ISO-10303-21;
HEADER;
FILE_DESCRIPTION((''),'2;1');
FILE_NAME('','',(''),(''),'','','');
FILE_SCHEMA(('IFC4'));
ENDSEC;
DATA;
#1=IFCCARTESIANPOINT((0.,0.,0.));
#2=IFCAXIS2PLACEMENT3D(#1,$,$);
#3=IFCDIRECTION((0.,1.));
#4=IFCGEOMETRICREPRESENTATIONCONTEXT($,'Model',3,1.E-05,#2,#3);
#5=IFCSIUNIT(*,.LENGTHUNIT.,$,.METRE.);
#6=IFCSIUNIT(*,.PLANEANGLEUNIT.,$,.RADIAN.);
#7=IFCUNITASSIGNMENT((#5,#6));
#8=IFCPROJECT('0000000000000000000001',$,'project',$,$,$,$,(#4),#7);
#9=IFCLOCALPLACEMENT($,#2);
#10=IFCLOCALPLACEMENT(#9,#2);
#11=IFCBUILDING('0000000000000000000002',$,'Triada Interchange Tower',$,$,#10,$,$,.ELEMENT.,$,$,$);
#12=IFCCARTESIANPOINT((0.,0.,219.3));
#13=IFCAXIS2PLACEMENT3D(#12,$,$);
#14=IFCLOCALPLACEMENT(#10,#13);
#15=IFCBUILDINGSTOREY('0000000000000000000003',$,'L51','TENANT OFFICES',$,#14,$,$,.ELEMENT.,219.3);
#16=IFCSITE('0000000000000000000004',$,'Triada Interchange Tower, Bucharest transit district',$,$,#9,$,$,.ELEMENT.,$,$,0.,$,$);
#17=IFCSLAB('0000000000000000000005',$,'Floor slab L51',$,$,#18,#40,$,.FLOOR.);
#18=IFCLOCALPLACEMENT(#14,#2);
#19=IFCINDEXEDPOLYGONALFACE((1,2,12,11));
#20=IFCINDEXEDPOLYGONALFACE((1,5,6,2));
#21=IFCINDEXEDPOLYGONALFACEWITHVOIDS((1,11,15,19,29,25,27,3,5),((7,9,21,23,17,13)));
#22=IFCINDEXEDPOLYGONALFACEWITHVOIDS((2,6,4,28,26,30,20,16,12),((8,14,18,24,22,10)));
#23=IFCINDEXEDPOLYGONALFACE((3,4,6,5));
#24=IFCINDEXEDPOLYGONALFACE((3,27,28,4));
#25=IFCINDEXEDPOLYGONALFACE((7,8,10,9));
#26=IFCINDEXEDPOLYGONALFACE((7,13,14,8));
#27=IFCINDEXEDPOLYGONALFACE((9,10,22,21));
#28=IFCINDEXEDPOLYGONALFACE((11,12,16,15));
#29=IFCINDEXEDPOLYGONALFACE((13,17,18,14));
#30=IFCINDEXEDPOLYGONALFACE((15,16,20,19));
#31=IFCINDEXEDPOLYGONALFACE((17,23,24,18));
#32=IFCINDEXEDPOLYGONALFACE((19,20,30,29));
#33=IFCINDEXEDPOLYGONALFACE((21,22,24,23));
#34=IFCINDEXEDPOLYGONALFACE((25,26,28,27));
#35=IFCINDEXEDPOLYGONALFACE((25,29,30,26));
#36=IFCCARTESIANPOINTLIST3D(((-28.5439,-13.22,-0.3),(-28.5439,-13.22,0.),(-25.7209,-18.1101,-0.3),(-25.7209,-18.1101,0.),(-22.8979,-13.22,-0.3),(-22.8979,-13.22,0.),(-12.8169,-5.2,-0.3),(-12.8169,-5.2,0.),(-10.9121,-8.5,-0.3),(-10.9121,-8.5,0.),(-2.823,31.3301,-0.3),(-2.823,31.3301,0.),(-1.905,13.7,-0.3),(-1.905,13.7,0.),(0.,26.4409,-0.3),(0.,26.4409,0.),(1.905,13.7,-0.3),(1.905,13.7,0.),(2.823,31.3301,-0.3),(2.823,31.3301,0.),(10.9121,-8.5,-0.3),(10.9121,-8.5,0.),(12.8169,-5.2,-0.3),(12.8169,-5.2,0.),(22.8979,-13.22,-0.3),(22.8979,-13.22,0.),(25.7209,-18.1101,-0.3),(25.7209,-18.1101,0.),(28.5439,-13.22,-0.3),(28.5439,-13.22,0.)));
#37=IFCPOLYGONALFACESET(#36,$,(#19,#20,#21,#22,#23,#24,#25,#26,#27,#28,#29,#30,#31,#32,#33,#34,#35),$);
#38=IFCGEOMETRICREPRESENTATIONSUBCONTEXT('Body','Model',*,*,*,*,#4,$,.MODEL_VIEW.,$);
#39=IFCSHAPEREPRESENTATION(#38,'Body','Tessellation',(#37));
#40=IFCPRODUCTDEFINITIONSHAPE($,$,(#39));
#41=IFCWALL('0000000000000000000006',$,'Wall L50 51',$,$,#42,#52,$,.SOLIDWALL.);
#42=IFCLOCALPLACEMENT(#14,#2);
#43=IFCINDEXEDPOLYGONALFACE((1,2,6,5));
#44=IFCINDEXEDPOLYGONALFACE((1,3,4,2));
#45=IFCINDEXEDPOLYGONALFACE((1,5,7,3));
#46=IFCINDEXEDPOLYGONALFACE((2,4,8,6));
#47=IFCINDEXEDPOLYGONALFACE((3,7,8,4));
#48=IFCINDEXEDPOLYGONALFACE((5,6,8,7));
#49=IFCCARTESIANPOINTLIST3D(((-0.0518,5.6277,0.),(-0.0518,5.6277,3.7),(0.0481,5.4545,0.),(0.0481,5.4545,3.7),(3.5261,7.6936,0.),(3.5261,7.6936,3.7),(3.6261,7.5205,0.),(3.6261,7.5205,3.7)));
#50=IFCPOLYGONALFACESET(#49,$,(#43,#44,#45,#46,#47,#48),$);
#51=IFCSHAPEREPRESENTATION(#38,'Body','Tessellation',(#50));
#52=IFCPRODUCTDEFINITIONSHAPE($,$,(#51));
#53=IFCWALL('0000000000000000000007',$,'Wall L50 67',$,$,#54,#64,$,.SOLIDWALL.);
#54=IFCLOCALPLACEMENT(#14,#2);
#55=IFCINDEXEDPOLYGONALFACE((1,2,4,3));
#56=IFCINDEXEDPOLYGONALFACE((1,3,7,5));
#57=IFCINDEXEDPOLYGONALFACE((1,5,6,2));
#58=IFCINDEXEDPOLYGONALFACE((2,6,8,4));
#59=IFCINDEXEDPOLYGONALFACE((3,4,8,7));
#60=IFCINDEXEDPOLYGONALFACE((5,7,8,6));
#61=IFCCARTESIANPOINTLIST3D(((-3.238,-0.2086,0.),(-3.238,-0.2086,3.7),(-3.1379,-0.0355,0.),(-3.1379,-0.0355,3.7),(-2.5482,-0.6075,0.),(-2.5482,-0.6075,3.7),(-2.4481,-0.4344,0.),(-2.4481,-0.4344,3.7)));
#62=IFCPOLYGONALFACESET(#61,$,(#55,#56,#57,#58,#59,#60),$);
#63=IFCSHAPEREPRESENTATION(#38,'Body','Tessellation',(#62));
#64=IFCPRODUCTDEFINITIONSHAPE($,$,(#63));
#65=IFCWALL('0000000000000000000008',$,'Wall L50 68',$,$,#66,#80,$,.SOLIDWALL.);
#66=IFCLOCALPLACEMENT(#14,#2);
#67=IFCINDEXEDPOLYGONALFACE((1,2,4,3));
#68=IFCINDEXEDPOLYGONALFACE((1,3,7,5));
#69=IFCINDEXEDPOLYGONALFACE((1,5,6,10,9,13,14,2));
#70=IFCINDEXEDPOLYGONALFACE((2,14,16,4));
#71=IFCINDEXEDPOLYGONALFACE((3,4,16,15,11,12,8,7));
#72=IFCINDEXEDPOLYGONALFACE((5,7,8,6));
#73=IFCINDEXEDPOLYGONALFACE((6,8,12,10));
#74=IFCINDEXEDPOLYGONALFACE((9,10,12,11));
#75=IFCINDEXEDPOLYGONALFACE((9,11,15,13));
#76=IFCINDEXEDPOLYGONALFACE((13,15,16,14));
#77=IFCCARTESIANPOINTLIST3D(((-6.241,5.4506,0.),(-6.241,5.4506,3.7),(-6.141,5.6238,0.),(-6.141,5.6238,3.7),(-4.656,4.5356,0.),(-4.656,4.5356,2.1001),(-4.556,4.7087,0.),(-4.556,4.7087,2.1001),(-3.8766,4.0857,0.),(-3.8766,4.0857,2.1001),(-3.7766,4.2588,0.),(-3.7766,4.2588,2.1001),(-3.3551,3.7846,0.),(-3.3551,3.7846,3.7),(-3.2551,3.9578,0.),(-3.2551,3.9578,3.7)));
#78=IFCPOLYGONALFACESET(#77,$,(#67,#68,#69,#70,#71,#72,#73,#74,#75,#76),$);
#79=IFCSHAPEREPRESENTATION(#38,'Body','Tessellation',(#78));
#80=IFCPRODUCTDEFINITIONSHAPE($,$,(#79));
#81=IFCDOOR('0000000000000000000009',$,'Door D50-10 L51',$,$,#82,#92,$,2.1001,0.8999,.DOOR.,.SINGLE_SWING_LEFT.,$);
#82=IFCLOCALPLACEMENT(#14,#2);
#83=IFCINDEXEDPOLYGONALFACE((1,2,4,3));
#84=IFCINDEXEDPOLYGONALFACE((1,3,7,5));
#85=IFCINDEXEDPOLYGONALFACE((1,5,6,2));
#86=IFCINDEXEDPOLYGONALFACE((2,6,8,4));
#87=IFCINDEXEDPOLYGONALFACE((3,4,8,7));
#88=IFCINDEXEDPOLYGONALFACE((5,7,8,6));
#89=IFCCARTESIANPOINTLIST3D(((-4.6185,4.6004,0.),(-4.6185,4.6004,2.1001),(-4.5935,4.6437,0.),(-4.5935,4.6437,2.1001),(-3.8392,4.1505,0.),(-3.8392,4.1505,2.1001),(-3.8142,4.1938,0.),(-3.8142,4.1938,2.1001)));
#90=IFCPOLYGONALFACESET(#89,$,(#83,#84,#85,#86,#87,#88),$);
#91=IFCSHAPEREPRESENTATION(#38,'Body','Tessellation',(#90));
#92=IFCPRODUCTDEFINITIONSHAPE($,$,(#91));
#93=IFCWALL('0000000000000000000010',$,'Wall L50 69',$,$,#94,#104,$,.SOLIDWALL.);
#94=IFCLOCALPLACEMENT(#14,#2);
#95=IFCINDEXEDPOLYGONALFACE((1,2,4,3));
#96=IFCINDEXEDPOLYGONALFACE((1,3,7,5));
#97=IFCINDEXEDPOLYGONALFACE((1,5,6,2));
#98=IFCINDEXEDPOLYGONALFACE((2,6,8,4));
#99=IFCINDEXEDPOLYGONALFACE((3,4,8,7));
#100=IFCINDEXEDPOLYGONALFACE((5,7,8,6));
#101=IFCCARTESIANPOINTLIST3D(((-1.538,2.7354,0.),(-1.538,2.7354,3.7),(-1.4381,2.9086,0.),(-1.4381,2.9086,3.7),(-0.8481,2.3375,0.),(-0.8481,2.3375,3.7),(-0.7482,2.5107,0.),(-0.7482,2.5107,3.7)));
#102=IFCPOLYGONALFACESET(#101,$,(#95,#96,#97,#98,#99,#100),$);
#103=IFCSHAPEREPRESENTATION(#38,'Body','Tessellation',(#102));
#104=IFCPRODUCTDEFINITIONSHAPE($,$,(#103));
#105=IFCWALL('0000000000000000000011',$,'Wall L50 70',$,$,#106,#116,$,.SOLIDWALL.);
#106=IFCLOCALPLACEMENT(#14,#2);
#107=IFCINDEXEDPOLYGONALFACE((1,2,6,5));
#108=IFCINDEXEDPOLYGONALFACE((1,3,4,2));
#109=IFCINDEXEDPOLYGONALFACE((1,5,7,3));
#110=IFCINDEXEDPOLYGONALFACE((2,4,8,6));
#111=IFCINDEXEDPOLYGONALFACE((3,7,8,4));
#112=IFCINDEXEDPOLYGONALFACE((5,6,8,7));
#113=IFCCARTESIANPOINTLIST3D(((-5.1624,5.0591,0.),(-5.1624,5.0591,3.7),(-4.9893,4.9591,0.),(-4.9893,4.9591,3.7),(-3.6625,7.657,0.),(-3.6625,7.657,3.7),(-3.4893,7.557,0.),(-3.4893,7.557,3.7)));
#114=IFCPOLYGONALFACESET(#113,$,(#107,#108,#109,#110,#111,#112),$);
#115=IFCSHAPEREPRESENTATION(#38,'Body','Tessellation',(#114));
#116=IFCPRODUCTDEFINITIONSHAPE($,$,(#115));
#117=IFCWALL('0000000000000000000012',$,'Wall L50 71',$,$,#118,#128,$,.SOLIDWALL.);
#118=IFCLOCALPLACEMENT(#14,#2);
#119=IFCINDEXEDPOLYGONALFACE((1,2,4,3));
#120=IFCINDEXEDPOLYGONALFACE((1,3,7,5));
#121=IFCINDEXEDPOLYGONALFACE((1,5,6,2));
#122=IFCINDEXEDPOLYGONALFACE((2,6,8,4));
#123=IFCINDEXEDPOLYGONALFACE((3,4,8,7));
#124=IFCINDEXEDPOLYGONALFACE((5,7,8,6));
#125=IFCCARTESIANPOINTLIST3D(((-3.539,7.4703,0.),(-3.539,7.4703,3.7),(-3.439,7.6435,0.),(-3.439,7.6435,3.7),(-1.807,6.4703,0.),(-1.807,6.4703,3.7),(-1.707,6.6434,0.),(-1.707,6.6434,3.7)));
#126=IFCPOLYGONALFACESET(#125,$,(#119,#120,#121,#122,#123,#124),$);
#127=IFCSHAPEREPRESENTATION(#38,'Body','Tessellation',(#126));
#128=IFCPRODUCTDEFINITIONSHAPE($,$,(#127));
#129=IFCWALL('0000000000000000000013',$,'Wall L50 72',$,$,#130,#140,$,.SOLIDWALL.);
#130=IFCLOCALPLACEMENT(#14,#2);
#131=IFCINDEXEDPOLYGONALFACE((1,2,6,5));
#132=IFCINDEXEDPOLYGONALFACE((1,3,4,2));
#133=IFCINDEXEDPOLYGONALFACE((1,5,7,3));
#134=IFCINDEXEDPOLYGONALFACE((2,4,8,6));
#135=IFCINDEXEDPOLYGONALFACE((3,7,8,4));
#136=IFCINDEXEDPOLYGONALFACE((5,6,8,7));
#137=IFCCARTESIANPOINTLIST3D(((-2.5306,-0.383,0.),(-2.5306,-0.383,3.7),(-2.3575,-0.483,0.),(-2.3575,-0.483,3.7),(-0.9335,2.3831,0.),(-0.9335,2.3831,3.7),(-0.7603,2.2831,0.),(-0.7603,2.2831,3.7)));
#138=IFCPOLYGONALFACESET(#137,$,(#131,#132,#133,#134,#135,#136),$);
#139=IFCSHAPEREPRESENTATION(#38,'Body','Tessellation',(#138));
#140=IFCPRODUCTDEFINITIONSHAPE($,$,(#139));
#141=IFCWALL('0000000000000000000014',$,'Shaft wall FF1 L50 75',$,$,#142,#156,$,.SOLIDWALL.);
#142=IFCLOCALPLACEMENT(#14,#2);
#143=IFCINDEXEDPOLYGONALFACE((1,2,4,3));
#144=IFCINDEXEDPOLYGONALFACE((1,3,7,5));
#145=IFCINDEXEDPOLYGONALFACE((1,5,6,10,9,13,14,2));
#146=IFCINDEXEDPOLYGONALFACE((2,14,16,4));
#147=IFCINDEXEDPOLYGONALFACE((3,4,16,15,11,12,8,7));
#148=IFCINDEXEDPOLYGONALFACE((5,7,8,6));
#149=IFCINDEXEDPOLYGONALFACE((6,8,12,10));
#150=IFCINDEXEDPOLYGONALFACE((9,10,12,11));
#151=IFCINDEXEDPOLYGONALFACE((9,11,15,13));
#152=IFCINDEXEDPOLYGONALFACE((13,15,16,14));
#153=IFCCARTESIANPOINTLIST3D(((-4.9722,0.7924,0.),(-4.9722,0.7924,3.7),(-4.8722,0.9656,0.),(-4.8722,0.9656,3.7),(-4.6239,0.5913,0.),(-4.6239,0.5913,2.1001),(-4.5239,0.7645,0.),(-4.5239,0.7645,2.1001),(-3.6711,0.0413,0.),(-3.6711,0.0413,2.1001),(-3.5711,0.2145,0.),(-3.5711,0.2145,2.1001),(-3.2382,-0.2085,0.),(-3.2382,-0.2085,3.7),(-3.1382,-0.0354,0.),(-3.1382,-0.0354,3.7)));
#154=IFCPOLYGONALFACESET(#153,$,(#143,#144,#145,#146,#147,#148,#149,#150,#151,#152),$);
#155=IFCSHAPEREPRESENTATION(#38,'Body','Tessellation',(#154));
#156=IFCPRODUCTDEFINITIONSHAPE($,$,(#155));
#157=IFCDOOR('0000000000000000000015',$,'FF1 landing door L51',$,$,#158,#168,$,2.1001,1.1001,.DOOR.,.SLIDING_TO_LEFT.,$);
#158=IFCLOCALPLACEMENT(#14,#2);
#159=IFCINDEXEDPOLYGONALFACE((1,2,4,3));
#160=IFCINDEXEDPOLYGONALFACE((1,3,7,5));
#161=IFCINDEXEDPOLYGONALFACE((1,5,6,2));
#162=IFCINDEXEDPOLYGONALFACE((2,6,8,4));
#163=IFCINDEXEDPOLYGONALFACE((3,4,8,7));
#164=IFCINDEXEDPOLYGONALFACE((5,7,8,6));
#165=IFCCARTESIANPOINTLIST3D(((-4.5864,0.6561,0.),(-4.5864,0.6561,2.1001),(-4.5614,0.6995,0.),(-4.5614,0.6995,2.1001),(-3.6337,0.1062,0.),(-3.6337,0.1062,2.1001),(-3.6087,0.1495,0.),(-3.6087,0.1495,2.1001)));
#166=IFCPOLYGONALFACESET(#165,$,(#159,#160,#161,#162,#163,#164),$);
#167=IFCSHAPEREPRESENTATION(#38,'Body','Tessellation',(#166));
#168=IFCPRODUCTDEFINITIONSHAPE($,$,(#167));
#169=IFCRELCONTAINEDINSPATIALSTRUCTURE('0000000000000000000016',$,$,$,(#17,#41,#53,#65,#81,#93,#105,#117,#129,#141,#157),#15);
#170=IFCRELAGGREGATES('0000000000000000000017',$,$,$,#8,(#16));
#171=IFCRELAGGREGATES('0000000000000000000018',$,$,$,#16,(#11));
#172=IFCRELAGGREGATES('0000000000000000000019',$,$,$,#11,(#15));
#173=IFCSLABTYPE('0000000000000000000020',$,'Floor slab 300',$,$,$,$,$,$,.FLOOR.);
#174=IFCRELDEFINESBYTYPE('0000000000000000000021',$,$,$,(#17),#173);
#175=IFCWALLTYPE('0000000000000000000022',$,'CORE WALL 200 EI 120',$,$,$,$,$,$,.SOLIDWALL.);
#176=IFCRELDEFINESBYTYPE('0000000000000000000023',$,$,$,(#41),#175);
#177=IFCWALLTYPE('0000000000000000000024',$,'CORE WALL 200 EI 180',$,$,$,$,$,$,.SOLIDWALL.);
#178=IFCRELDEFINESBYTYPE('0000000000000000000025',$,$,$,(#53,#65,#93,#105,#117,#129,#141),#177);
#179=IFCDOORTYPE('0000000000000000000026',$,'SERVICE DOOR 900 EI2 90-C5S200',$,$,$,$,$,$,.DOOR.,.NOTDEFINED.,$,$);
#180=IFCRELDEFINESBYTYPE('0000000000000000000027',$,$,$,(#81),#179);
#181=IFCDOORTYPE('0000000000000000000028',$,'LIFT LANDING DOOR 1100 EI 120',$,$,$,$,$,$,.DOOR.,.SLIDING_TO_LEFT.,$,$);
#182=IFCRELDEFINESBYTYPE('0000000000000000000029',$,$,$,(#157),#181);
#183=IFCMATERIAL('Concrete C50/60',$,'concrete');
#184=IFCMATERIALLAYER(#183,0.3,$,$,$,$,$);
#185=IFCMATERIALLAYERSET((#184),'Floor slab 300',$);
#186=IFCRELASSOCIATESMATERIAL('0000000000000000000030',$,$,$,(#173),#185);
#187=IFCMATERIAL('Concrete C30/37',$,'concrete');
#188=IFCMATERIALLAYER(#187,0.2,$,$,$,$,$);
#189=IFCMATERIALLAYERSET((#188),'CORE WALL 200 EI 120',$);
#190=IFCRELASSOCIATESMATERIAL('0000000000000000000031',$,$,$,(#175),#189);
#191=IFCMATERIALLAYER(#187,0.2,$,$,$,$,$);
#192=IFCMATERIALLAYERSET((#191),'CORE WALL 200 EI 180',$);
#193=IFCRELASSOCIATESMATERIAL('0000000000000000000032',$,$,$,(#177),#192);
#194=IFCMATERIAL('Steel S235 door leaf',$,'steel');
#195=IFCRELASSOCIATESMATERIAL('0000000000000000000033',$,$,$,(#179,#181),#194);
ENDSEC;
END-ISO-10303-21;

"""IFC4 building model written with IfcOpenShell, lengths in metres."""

from ifc_helpers import new_model, si_unit, direction, frame, frame_2d, origin, place, context, subcontext, project, spatial, polyline, rectangle, outline, extrude, material, layer, layer_set, type_object, element, fill, save


model = new_model("IFC4")

# Units and contexts
model_context = context("Model", 3, precision=1e-05, world=origin(), true_north=direction((0.0, 1.0)))
body_context = subcontext(model_context, "Body", "Model", "MODEL_VIEW")
ifc_project = project(units=[si_unit("LENGTHUNIT", "METRE"), si_unit("PLANEANGLEUNIT", "RADIAN")], contexts=[model_context])

# Site, building, storey
site_placement = place(None, origin())
site = spatial("IfcSite", under=ifc_project, at=site_placement, Name="Triada Interchange Tower, Bucharest transit district", CompositionType="ELEMENT", RefElevation=0.0)
building_placement = place(site_placement, origin())
building = spatial("IfcBuilding", under=site, at=building_placement, Name="Triada Interchange Tower", CompositionType="ELEMENT")
storey_placement = place(building_placement, frame((0.0, 0.0, 219.3)))
storey = spatial("IfcBuildingStorey", under=building, at=storey_placement, Name="L51", Description="TENANT OFFICES", CompositionType="ELEMENT", Elevation=219.3)

# Slab
ifc_material_1 = material(Name="Concrete C50/60", Category="concrete")
ifc_layer_1 = layer(ifc_material_1, 0.3)
ifc_layer_set_1 = layer_set([ifc_layer_1], Name="Floor slab 300")
slab_type = type_object("IfcSlabType", Name="Floor slab 300", PredefinedType="FLOOR", material=ifc_layer_set_1)
slab_placement = place(storey_placement, frame((0.0, 0.0, -0.3)))
element("IfcSlab", 1, at=slab_placement, inside=storey, type_object=slab_type, Name="Floor slab L51", PredefinedType="FLOOR", context=body_context, shape_type="SweptSolid", body=[
    extrude(outline(polyline([(-2.823, 31.3301), (-28.5439, -13.22), (-22.8979, -13.22), (-25.7209, -18.1101), (25.7209, -18.1101), (22.8979, -13.22), (28.5439, -13.22), (2.823, 31.3301), (0.0, 26.4409), (-2.823, 31.3301)]), holes=[polyline([(1.905, 13.7), (-1.905, 13.7), (-12.8169, -5.2), (-10.9121, -8.5), (10.9121, -8.5), (12.8169, -5.2), (1.905, 13.7)])]), origin(), (0.0, 0.0, 1.0), 0.3),
])

# Walls
ifc_material_2 = material(Name="Concrete C30/37", Category="concrete")
ifc_layer_2 = layer(ifc_material_2, 0.2)
ifc_layer_set_2 = layer_set([ifc_layer_2], Name="CORE WALL 200 EI 120")
wall_type_1 = type_object("IfcWallType", Name="CORE WALL 200 EI 120", PredefinedType="SOLIDWALL", material=ifc_layer_set_2)
wall_1_placement = place(storey_placement, frame((-0.002, 5.541, 0.0), z_axis=(0.0, 0.0, 1.0), x_axis=(0.866002, 0.500041, 0.0)))
element("IfcWall", 2, at=wall_1_placement, inside=storey, type_object=wall_type_1, Name="Wall L50 51", PredefinedType="SOLIDWALL", context=body_context, shape_type="SweptSolid", body=[
    extrude(rectangle(XDim=4.1316, YDim=0.2, at=frame_2d((2.0659, 0.0))), origin(), (0.0, 0.0, 1.0), 3.7),
])
ifc_layer_3 = layer(ifc_material_2, 0.2)
ifc_layer_set_3 = layer_set([ifc_layer_3], Name="CORE WALL 200 EI 180")
wall_type_2 = type_object("IfcWallType", Name="CORE WALL 200 EI 180", PredefinedType="SOLIDWALL", material=ifc_layer_set_3)
wall_2_placement = place(storey_placement, frame((-3.188, -0.1221, 0.0), z_axis=(0.0, 0.0, 1.0), x_axis=(0.865706, -0.500553, 0.0)))
element("IfcWall", 3, at=wall_2_placement, inside=storey, type_object=wall_type_2, Name="Wall L50 67", PredefinedType="SOLIDWALL", context=body_context, shape_type="SweptSolid", body=[
    extrude(rectangle(XDim=0.7969, YDim=0.2, at=frame_2d((0.3984, 0.0))), origin(), (0.0, 0.0, 1.0), 3.7),
])

# Wall, opening, door
wall_3_placement = place(storey_placement, frame((-6.1909, 5.5371, 0.0), z_axis=(0.0, 0.0, 1.0), x_axis=(0.866053, -0.499953, 0.0)))
wall_3 = element("IfcWall", 4, at=wall_3_placement, inside=storey, type_object=wall_type_2, Name="Wall L50 68", PredefinedType="SOLIDWALL", context=body_context, shape_type="SweptSolid", body=[
    extrude(rectangle(XDim=3.3323, YDim=0.2, at=frame_2d((1.666, 0.0))), origin(), (0.0, 0.0, 1.0), 3.7),
])
opening_1_placement = place(wall_3_placement, frame((1.8301, 0.0, 0.0)))
opening_1 = element("IfcOpeningElement", 5, at=opening_1_placement, cuts=wall_3, PredefinedType="OPENING", context=body_context, shape_type="SweptSolid", body=[
    extrude(rectangle(XDim=0.8999, YDim=2.1001, at=frame_2d((0.45, 1.05))), frame((0.0, 0.1099, 0.0), z_axis=(0.0, -1.0, 0.0), x_axis=(1.0, 0.0, 0.0)), (0.0, 0.0, 1.0), 0.22),
])
ifc_material_3 = material(Name="Steel S235 door leaf", Category="steel")
door_type_1 = type_object("IfcDoorType", Name="SERVICE DOOR 900 EI2 90-C5S200", OperationType="NOTDEFINED", PredefinedType="DOOR", material=ifc_material_3)
door_1_placement = place(opening_1_placement, origin())
door_1 = element("IfcDoor", 6, at=door_1_placement, inside=storey, type_object=door_type_1, Name="Door D50-10 L51", OperationType="SINGLE_SWING_LEFT", OverallHeight=2.1001, OverallWidth=0.8999, PredefinedType="DOOR", context=body_context, shape_type="SweptSolid", body=[
    extrude(rectangle(XDim=0.8999, YDim=2.1001, at=frame_2d((0.45, 1.05))), frame((0.0, 0.0249, 0.0), z_axis=(0.0, -1.0, 0.0), x_axis=(1.0, 0.0, 0.0)), (0.0, 0.0, 1.0), 0.05),
])
fill(opening_1, door_1)

# Walls
wall_4_placement = place(storey_placement, frame((-1.488, 2.822, 0.0), z_axis=(0.0, 0.0, 1.0), x_axis=(0.866237, -0.499634, 0.0)))
element("IfcWall", 7, at=wall_4_placement, inside=storey, type_object=wall_type_2, Name="Wall L50 69", PredefinedType="SOLIDWALL", context=body_context, shape_type="SweptSolid", body=[
    extrude(rectangle(XDim=0.7964, YDim=0.2, at=frame_2d((0.3982, 0.0))), origin(), (0.0, 0.0, 1.0), 3.7),
])
wall_5_placement = place(storey_placement, frame((-5.0759, 5.009, 0.0), z_axis=(0.0, 0.0, 1.0), x_axis=(0.500025, 0.866011, 0.0)))
element("IfcWall", 8, at=wall_5_placement, inside=storey, type_object=wall_type_2, Name="Wall L50 70", PredefinedType="SOLIDWALL", context=body_context, shape_type="SweptSolid", body=[
    extrude(rectangle(XDim=2.9998, YDim=0.2, at=frame_2d((1.5, 0.0))), origin(), (0.0, 0.0, 1.0), 3.7),
])
wall_6_placement = place(storey_placement, frame((-3.489, 7.5569, 0.0), z_axis=(0.0, 0.0, 1.0), x_axis=(0.866011, -0.500025, 0.0)))
element("IfcWall", 9, at=wall_6_placement, inside=storey, type_object=wall_type_2, Name="Wall L50 71", PredefinedType="SOLIDWALL", context=body_context, shape_type="SweptSolid", body=[
    extrude(rectangle(XDim=2.0, YDim=0.2, at=frame_2d((1.0, 0.0))), origin(), (0.0, 0.0, 1.0), 3.7),
])
wall_7_placement = place(storey_placement, frame((-2.4441, -0.4331, 0.0), z_axis=(0.0, 0.0, 1.0), x_axis=(0.500036, 0.866005, 0.0)))
element("IfcWall", 10, at=wall_7_placement, inside=storey, type_object=wall_type_2, Name="Wall L50 72", PredefinedType="SOLIDWALL", context=body_context, shape_type="SweptSolid", body=[
    extrude(rectangle(XDim=3.1941, YDim=0.2, at=frame_2d((1.5972, 0.0))), origin(), (0.0, 0.0, 1.0), 3.7),
])

# Wall, opening, door
wall_8_placement = place(storey_placement, frame((-4.9221, 0.8789, 0.0), z_axis=(0.0, 0.0, 1.0), x_axis=(0.866074, -0.499916, 0.0)))
wall_8 = element("IfcWall", 11, at=wall_8_placement, inside=storey, type_object=wall_type_2, Name="Shaft wall FF1 L50 75", PredefinedType="SOLIDWALL", context=body_context, shape_type="SweptSolid", body=[
    extrude(rectangle(XDim=2.0022, YDim=0.2, at=frame_2d((1.001, 0.0))), origin(), (0.0, 0.0, 1.0), 3.7),
])
opening_2_placement = place(wall_8_placement, frame((0.4021, 0.0, 0.0)))
opening_2 = element("IfcOpeningElement", 12, at=opening_2_placement, cuts=wall_8, PredefinedType="OPENING", context=body_context, shape_type="SweptSolid", body=[
    extrude(rectangle(XDim=1.1001, YDim=2.1001, at=frame_2d((0.55, 1.05))), frame((0.0, 0.1099, 0.0), z_axis=(0.0, -1.0, 0.0), x_axis=(1.0, 0.0, 0.0)), (0.0, 0.0, 1.0), 0.22),
])
door_type_2 = type_object("IfcDoorType", Name="LIFT LANDING DOOR 1100 EI 120", OperationType="SLIDING_TO_LEFT", PredefinedType="DOOR", material=ifc_material_3)
door_2_placement = place(opening_2_placement, origin())
door_2 = element("IfcDoor", 13, at=door_2_placement, inside=storey, type_object=door_type_2, Name="FF1 landing door L51", OperationType="SLIDING_TO_LEFT", OverallHeight=2.1001, OverallWidth=1.1001, PredefinedType="DOOR", context=body_context, shape_type="SweptSolid", body=[
    extrude(rectangle(XDim=1.1001, YDim=2.1001, at=frame_2d((0.55, 1.05))), frame((0.0, 0.0249, 0.0), z_axis=(0.0, -1.0, 0.0), x_axis=(1.0, 0.0, 0.0)), (0.0, 0.0, 1.0), 0.05),
])
fill(opening_2, door_2)

save(model, "model.ifc")
